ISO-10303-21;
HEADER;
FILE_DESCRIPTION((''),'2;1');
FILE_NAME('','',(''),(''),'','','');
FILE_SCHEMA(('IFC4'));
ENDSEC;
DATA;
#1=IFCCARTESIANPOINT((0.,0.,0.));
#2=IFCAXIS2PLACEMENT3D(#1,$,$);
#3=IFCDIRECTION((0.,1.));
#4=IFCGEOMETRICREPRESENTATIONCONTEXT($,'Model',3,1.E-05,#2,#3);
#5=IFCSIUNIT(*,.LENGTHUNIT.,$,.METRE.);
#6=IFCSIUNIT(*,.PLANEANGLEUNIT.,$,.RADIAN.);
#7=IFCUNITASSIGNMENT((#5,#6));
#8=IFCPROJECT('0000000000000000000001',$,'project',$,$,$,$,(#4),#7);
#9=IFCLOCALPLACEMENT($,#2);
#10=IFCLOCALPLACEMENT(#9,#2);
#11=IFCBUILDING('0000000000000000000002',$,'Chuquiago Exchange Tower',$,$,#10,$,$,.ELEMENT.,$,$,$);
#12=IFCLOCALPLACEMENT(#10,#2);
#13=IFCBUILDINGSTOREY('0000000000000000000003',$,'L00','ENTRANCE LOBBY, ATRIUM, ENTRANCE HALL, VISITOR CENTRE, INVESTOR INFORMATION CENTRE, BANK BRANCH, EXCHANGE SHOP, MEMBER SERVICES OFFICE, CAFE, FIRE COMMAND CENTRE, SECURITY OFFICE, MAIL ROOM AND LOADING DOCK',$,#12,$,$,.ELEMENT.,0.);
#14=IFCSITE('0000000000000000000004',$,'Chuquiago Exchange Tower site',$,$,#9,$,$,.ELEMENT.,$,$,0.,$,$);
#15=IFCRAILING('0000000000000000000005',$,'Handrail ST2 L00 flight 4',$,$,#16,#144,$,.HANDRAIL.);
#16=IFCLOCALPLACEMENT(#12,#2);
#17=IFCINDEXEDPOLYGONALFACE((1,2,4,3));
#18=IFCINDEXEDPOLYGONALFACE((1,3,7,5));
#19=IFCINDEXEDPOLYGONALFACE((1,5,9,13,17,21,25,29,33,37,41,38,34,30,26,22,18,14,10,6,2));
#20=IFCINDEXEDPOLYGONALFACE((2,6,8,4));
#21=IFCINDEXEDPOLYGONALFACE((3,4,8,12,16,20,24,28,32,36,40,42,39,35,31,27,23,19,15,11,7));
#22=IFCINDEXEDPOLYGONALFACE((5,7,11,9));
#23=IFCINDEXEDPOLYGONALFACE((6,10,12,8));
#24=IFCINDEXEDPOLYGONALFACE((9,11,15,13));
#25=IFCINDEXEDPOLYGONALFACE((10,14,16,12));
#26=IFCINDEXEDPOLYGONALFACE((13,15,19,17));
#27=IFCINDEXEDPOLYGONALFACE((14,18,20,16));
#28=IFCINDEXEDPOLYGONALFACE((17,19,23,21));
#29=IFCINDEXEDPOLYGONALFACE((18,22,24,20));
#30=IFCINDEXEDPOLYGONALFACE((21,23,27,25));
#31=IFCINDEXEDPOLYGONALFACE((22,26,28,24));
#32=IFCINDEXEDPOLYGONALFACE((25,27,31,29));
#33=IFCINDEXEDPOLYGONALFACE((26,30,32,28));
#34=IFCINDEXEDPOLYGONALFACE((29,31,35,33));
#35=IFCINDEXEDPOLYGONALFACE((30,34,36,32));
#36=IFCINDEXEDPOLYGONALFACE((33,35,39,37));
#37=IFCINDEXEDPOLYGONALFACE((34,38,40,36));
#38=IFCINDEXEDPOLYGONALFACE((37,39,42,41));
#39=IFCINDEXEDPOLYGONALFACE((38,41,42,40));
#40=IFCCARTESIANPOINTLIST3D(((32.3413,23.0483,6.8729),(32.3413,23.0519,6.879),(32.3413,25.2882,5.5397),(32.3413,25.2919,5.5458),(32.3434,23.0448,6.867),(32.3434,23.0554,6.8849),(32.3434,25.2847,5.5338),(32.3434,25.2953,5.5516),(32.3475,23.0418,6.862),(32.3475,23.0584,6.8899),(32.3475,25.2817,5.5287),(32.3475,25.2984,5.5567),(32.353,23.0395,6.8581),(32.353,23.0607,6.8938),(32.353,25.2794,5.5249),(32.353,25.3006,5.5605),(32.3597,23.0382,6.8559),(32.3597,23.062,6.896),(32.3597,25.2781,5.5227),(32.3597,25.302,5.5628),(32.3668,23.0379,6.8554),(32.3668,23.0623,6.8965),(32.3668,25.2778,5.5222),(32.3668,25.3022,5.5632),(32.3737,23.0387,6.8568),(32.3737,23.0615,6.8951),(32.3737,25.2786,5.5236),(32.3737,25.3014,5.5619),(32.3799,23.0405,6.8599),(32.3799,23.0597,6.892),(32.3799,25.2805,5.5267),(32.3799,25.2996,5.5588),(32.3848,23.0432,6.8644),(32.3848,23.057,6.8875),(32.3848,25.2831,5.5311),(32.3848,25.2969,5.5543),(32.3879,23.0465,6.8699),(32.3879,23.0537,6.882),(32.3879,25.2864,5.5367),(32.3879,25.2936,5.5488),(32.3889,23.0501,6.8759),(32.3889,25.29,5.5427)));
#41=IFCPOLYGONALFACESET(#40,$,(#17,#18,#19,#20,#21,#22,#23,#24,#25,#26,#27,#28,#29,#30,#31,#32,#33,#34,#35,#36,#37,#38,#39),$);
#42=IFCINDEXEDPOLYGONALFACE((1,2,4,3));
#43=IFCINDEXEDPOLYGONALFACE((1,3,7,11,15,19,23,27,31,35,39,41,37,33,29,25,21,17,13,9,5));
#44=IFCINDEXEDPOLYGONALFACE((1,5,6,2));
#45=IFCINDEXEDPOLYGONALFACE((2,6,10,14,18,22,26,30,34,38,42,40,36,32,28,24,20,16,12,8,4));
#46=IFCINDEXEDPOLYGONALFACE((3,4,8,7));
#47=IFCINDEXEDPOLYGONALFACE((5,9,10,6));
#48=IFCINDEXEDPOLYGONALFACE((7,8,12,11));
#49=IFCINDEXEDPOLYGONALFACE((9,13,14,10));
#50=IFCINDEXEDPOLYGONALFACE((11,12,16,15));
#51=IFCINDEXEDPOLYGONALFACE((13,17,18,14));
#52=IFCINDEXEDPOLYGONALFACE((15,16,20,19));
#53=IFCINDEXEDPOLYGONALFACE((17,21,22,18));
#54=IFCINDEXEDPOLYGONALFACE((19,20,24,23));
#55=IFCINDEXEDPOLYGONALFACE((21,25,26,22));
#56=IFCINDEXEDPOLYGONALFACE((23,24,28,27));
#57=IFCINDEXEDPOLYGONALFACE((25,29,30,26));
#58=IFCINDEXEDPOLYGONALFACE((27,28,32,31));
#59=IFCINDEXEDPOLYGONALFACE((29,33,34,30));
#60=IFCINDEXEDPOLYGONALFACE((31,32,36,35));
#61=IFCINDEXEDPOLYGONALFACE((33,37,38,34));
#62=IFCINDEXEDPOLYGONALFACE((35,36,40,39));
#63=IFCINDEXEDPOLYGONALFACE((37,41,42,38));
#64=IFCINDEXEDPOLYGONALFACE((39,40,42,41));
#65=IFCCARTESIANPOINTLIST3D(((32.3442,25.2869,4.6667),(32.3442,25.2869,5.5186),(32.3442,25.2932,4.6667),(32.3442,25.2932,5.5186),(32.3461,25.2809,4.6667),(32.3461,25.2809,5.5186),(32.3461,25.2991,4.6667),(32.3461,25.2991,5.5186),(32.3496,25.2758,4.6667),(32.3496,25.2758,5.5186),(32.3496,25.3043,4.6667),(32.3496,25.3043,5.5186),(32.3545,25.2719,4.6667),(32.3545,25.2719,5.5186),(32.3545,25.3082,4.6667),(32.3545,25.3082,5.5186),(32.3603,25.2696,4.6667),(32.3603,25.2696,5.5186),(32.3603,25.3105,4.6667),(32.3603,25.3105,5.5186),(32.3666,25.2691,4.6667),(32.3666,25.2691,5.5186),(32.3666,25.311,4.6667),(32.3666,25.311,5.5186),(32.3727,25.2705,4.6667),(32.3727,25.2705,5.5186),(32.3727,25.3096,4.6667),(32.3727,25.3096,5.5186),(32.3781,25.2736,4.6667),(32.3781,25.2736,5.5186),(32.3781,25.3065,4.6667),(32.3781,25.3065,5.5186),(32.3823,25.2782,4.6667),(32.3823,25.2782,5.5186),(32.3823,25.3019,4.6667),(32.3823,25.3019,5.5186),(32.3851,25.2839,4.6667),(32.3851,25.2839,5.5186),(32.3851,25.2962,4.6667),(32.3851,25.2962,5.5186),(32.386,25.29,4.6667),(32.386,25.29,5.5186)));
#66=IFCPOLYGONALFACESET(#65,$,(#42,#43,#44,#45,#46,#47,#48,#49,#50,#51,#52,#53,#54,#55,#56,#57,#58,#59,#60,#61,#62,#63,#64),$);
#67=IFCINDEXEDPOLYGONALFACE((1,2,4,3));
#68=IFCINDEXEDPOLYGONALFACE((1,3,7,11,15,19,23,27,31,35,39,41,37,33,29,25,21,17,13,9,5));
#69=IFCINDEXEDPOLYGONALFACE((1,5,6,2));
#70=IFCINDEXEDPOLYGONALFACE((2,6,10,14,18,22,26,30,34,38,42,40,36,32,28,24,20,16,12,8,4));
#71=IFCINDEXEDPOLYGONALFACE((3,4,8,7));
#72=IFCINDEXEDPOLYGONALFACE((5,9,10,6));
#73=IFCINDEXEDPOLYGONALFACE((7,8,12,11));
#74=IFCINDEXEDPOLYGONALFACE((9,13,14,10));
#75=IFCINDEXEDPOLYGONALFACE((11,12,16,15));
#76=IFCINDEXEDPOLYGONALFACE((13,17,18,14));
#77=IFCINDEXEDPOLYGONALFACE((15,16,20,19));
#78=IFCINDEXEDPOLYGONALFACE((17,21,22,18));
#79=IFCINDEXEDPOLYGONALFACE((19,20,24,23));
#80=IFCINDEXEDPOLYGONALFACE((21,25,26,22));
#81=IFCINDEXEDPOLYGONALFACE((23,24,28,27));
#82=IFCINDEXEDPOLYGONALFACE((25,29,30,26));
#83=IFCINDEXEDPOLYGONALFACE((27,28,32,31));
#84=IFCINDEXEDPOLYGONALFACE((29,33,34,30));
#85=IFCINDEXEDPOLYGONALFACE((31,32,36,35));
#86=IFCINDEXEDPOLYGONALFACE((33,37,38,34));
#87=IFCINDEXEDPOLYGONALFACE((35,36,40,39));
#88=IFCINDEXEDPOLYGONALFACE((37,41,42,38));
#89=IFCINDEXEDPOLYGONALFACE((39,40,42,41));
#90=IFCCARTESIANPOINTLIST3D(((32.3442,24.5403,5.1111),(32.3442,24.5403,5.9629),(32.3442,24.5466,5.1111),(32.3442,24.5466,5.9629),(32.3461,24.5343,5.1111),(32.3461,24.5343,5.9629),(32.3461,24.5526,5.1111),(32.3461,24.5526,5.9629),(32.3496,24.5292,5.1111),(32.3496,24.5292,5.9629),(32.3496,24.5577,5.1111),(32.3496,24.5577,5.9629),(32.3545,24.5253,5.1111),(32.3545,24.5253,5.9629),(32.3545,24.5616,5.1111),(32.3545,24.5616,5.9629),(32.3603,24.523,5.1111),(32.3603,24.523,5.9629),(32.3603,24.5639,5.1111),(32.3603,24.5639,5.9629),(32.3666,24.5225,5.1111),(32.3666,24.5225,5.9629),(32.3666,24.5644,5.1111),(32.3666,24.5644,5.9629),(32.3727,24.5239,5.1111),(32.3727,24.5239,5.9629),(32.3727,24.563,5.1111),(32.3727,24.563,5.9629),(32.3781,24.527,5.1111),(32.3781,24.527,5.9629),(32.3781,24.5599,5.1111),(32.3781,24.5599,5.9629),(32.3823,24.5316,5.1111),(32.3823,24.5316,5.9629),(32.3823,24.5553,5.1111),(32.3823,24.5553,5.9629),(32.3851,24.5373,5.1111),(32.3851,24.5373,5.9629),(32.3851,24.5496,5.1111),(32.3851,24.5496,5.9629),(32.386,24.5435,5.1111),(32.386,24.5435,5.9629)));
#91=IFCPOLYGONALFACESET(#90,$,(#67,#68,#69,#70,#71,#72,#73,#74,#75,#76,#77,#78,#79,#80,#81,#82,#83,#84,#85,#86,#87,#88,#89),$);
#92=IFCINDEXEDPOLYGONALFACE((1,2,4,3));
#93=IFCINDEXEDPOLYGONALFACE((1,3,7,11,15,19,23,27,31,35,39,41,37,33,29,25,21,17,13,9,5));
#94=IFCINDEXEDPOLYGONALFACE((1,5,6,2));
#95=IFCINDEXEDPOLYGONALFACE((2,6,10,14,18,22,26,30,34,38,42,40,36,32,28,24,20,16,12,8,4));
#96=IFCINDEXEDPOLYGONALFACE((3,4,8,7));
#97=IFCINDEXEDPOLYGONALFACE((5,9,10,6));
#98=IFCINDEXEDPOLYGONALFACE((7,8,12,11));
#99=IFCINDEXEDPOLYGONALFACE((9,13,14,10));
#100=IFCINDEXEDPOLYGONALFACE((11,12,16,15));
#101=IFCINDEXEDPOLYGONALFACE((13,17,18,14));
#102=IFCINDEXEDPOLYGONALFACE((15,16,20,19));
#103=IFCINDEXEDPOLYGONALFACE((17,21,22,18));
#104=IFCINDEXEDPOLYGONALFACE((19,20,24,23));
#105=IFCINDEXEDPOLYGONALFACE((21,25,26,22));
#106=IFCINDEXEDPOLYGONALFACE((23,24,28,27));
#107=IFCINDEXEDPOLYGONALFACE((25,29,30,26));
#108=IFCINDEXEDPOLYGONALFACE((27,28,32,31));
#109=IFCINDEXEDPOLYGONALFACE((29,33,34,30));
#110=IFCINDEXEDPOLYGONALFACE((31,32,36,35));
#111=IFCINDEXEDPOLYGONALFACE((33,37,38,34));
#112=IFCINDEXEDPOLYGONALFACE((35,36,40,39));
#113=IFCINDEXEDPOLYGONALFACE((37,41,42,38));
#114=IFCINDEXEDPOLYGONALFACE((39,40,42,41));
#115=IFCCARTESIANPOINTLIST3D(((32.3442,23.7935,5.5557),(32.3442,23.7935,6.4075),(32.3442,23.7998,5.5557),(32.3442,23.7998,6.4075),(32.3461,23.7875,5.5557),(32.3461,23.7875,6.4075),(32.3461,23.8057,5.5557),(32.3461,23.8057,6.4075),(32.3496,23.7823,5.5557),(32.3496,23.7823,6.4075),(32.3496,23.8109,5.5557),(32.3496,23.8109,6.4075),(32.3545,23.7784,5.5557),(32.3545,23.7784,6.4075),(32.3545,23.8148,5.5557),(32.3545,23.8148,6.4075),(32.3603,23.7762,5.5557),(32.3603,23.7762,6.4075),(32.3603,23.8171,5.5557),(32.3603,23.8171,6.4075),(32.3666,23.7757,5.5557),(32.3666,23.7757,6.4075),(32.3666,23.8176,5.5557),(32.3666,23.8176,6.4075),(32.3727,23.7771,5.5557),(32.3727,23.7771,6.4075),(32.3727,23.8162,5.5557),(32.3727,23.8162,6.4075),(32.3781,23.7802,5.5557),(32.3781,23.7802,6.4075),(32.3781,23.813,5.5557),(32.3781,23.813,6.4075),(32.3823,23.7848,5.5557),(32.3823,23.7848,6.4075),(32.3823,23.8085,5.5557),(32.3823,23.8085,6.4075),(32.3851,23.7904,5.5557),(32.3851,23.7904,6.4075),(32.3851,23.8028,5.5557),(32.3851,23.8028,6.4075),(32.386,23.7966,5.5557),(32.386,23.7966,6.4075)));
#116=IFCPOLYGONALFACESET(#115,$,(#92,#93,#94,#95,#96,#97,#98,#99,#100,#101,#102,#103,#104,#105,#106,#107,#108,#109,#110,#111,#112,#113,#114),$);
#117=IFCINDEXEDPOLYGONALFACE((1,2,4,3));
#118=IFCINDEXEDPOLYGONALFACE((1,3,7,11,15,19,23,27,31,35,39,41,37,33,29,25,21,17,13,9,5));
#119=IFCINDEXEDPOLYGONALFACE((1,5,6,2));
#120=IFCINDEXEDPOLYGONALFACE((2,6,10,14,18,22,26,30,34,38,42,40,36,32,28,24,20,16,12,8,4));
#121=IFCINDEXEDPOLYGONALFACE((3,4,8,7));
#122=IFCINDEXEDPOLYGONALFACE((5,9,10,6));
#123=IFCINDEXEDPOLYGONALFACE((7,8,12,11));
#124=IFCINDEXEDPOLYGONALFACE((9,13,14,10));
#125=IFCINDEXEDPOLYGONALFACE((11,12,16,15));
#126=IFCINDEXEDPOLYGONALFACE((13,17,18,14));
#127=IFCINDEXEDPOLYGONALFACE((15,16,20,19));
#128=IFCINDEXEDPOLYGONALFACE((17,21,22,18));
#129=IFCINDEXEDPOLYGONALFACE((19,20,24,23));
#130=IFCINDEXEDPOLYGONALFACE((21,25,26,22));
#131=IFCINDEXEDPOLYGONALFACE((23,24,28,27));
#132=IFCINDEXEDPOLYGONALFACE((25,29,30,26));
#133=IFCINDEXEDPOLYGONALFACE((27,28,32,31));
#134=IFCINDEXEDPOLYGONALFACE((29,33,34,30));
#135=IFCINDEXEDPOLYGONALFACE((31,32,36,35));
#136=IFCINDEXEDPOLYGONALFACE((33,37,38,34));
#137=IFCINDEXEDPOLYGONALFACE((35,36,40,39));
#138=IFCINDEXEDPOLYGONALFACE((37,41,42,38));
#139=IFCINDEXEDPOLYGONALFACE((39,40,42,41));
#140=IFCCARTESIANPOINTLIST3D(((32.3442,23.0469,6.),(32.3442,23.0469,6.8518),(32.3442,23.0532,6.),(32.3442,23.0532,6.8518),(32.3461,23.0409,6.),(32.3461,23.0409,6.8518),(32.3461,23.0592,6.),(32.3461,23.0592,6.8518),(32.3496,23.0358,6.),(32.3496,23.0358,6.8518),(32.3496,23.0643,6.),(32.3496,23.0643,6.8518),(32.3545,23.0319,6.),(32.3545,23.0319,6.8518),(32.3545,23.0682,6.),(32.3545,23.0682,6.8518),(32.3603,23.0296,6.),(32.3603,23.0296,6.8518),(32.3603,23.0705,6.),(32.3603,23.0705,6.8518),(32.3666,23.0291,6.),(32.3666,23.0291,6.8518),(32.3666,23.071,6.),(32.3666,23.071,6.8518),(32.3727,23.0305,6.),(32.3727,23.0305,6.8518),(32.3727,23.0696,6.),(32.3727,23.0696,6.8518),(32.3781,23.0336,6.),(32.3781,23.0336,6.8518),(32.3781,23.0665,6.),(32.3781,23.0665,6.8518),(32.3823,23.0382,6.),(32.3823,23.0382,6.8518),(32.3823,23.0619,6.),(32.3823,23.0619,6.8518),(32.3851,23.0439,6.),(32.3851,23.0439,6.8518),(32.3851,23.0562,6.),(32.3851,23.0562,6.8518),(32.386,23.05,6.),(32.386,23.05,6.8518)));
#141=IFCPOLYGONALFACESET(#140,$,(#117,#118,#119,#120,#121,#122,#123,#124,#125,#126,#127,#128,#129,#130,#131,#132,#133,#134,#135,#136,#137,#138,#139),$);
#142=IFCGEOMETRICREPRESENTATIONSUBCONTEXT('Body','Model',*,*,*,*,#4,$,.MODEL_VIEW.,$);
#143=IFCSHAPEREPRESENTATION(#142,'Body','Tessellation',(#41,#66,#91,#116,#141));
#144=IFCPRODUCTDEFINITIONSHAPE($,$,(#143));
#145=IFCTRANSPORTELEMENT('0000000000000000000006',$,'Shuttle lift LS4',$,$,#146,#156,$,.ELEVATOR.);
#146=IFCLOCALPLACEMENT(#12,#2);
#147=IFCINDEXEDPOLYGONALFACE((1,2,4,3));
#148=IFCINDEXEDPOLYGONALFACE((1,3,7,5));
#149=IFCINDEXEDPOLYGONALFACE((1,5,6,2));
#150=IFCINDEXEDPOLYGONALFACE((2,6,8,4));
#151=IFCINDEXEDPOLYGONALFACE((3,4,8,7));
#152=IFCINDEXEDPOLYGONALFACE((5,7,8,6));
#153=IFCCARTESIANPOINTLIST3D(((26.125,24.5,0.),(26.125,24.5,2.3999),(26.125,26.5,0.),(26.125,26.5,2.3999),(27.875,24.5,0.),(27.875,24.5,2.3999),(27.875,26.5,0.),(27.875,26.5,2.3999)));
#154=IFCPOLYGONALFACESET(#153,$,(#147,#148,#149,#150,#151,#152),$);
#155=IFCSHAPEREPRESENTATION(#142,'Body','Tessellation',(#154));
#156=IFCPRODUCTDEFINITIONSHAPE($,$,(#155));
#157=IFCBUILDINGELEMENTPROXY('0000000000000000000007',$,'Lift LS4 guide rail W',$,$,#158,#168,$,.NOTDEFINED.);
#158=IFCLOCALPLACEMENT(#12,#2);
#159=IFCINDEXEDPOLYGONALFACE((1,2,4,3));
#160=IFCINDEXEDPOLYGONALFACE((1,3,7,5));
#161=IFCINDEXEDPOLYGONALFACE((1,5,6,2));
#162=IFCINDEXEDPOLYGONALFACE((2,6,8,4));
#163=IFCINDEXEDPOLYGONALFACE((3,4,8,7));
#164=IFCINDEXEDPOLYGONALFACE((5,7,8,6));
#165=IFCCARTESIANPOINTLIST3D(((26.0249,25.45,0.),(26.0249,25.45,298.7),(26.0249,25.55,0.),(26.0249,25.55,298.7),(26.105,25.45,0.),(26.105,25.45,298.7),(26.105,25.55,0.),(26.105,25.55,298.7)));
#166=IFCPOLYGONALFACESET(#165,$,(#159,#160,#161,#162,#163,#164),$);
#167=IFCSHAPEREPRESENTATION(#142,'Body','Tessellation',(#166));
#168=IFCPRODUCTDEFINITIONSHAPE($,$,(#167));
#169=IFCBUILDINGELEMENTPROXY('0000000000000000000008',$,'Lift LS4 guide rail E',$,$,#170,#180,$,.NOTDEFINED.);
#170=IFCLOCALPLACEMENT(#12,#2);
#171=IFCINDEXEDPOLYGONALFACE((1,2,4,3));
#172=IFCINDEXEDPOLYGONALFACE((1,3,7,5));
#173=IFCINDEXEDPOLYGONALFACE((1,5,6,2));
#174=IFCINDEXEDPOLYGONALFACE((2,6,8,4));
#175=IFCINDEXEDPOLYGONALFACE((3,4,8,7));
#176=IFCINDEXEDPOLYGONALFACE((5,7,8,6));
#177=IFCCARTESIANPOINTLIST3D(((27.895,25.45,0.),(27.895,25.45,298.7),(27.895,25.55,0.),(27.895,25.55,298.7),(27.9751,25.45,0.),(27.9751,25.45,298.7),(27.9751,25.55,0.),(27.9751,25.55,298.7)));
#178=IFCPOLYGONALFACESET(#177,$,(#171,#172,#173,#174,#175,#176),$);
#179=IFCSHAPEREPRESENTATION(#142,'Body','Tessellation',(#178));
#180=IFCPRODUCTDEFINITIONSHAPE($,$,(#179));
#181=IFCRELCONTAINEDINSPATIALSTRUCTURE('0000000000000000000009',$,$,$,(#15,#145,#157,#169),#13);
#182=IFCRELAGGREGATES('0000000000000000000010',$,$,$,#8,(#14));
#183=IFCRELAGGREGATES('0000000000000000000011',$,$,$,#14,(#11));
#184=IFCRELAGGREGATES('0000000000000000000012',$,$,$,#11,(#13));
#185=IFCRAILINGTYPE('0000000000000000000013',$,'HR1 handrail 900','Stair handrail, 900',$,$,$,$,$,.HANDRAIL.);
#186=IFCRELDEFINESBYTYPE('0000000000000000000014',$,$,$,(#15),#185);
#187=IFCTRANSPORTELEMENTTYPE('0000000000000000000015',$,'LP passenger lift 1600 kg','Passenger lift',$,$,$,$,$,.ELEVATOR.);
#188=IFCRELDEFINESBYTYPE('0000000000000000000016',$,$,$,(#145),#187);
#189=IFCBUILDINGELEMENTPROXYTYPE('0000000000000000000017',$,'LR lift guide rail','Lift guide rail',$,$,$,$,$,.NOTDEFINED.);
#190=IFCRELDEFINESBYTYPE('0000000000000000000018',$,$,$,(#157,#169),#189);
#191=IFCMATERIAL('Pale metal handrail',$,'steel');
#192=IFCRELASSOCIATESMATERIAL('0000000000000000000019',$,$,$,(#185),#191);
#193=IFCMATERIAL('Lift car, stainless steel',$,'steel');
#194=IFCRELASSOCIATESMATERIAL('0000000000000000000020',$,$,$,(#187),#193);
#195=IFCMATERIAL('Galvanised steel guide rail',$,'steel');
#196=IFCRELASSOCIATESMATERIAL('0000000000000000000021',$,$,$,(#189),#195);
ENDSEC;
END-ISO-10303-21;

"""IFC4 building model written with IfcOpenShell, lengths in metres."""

from ifc_helpers import new_model, si_unit, direction, frame, origin, origin_2d, place, context, subcontext, project, spatial, rectangle, circle, extrude, material, type_object, element, save


model = new_model("IFC4")

# Units and contexts
model_context = context("Model", 3, precision=1e-05, world=origin(), true_north=direction((0.0, 1.0)))
body_context = subcontext(model_context, "Body", "Model", "MODEL_VIEW")
ifc_project = project(units=[si_unit("LENGTHUNIT", "METRE"), si_unit("PLANEANGLEUNIT", "RADIAN")], contexts=[model_context])

# Site, building, storey
site_placement = place(None, origin())
site = spatial("IfcSite", under=ifc_project, at=site_placement, Name="Chuquiago Exchange Tower site", CompositionType="ELEMENT", RefElevation=0.0)
building_placement = place(site_placement, origin())
building = spatial("IfcBuilding", under=site, at=building_placement, Name="Chuquiago Exchange Tower", CompositionType="ELEMENT")
storey_placement = place(building_placement, origin())
storey = spatial("IfcBuildingStorey", under=building, at=storey_placement, Name="L00", Description="ENTRANCE LOBBY, ATRIUM, ENTRANCE HALL, VISITOR CENTRE, INVESTOR INFORMATION CENTRE, BANK BRANCH, EXCHANGE SHOP, MEMBER SERVICES OFFICE, CAFE, FIRE COMMAND CENTRE, SECURITY OFFICE, MAIL ROOM AND LOADING DOCK", CompositionType="ELEMENT", Elevation=0.0)

# Railing
ifc_material_1 = material(Name="Pale metal handrail", Category="steel")
railing_type_1 = type_object("IfcRailingType", Name="HR1 handrail 900", Description="Stair handrail, 900", PredefinedType="HANDRAIL", material=ifc_material_1)
railing_placement = place(storey_placement, frame((32.365, 25.29, 4.6667)))
element("IfcRailing", 1, at=railing_placement, inside=storey, type_object=railing_type_1, Name="Handrail ST2 L00 flight 4", PredefinedType="HANDRAIL", context=body_context, shape_type="SweptSolid", body=[
    extrude(circle(Radius=0.0239, at=origin_2d()), frame((0.0, 0.0, 0.876), z_axis=(0.0, -0.859306, 0.511462), x_axis=(1.0, 0.0, 0.0)), (0.0, 0.0, 1.0), 2.6067),
    extrude(circle(Radius=0.021, at=origin_2d()), origin(), (0.0, 0.0, 1.0), 0.8518),
    extrude(circle(Radius=0.021, at=origin_2d()), frame((0.0, -0.7466, 0.4443)), (0.0, 0.0, 1.0), 0.8518),
    extrude(circle(Radius=0.021, at=origin_2d()), frame((0.0, -1.4934, 0.8889)), (0.0, 0.0, 1.0), 0.8518),
    extrude(circle(Radius=0.021, at=origin_2d()), frame((0.0, -2.24, 1.3333)), (0.0, 0.0, 1.0), 0.8518),
])

# Transport element
ifc_material_2 = material(Name="Lift car, stainless steel", Category="steel")
transport_element_type = type_object("IfcTransportElementType", Name="LP passenger lift 1600 kg", Description="Passenger lift", PredefinedType="ELEVATOR", material=ifc_material_2)
transport_element_placement = place(storey_placement, frame((27.0, 25.5, 0.0), z_axis=(0.0, 0.0, 1.0), x_axis=(1.0, 0.0, 0.0)))
element("IfcTransportElement", 2, at=transport_element_placement, inside=storey, type_object=transport_element_type, Name="Shuttle lift LS4", PredefinedType="ELEVATOR", context=body_context, shape_type="SweptSolid", body=[
    extrude(rectangle(XDim=1.75, YDim=2.0, at=origin_2d()), origin(), (0.0, 0.0, 1.0), 2.3999),
])

# Building element proxies
ifc_material_3 = material(Name="Galvanised steel guide rail", Category="steel")
building_element_proxy_type = type_object("IfcBuildingElementProxyType", Name="LR lift guide rail", Description="Lift guide rail", PredefinedType="NOTDEFINED", material=ifc_material_3)
for number, where, z_axis, x_axis, name in (
    (3, (26.0649, 25.5, 0.0), (0.0, 0.0, 1.0), (1.0, 0.0, 0.0), "Lift LS4 guide rail W"),
    (4, (27.9351, 25.5, 0.0), (0.0, 0.0, 1.0), (1.0, 0.0, 0.0), "Lift LS4 guide rail E"),
):
    element("IfcBuildingElementProxy", number, at=place(storey_placement, frame(where, z_axis=z_axis, x_axis=x_axis)), inside=storey, type_object=building_element_proxy_type, Name=name, PredefinedType="NOTDEFINED", context=body_context, shape_type="SweptSolid", body=[
        extrude(rectangle(XDim=0.0801, YDim=0.1001, at=origin_2d()), origin(), (0.0, 0.0, 1.0), 298.7),
    ])

save(model, "model.ifc")
